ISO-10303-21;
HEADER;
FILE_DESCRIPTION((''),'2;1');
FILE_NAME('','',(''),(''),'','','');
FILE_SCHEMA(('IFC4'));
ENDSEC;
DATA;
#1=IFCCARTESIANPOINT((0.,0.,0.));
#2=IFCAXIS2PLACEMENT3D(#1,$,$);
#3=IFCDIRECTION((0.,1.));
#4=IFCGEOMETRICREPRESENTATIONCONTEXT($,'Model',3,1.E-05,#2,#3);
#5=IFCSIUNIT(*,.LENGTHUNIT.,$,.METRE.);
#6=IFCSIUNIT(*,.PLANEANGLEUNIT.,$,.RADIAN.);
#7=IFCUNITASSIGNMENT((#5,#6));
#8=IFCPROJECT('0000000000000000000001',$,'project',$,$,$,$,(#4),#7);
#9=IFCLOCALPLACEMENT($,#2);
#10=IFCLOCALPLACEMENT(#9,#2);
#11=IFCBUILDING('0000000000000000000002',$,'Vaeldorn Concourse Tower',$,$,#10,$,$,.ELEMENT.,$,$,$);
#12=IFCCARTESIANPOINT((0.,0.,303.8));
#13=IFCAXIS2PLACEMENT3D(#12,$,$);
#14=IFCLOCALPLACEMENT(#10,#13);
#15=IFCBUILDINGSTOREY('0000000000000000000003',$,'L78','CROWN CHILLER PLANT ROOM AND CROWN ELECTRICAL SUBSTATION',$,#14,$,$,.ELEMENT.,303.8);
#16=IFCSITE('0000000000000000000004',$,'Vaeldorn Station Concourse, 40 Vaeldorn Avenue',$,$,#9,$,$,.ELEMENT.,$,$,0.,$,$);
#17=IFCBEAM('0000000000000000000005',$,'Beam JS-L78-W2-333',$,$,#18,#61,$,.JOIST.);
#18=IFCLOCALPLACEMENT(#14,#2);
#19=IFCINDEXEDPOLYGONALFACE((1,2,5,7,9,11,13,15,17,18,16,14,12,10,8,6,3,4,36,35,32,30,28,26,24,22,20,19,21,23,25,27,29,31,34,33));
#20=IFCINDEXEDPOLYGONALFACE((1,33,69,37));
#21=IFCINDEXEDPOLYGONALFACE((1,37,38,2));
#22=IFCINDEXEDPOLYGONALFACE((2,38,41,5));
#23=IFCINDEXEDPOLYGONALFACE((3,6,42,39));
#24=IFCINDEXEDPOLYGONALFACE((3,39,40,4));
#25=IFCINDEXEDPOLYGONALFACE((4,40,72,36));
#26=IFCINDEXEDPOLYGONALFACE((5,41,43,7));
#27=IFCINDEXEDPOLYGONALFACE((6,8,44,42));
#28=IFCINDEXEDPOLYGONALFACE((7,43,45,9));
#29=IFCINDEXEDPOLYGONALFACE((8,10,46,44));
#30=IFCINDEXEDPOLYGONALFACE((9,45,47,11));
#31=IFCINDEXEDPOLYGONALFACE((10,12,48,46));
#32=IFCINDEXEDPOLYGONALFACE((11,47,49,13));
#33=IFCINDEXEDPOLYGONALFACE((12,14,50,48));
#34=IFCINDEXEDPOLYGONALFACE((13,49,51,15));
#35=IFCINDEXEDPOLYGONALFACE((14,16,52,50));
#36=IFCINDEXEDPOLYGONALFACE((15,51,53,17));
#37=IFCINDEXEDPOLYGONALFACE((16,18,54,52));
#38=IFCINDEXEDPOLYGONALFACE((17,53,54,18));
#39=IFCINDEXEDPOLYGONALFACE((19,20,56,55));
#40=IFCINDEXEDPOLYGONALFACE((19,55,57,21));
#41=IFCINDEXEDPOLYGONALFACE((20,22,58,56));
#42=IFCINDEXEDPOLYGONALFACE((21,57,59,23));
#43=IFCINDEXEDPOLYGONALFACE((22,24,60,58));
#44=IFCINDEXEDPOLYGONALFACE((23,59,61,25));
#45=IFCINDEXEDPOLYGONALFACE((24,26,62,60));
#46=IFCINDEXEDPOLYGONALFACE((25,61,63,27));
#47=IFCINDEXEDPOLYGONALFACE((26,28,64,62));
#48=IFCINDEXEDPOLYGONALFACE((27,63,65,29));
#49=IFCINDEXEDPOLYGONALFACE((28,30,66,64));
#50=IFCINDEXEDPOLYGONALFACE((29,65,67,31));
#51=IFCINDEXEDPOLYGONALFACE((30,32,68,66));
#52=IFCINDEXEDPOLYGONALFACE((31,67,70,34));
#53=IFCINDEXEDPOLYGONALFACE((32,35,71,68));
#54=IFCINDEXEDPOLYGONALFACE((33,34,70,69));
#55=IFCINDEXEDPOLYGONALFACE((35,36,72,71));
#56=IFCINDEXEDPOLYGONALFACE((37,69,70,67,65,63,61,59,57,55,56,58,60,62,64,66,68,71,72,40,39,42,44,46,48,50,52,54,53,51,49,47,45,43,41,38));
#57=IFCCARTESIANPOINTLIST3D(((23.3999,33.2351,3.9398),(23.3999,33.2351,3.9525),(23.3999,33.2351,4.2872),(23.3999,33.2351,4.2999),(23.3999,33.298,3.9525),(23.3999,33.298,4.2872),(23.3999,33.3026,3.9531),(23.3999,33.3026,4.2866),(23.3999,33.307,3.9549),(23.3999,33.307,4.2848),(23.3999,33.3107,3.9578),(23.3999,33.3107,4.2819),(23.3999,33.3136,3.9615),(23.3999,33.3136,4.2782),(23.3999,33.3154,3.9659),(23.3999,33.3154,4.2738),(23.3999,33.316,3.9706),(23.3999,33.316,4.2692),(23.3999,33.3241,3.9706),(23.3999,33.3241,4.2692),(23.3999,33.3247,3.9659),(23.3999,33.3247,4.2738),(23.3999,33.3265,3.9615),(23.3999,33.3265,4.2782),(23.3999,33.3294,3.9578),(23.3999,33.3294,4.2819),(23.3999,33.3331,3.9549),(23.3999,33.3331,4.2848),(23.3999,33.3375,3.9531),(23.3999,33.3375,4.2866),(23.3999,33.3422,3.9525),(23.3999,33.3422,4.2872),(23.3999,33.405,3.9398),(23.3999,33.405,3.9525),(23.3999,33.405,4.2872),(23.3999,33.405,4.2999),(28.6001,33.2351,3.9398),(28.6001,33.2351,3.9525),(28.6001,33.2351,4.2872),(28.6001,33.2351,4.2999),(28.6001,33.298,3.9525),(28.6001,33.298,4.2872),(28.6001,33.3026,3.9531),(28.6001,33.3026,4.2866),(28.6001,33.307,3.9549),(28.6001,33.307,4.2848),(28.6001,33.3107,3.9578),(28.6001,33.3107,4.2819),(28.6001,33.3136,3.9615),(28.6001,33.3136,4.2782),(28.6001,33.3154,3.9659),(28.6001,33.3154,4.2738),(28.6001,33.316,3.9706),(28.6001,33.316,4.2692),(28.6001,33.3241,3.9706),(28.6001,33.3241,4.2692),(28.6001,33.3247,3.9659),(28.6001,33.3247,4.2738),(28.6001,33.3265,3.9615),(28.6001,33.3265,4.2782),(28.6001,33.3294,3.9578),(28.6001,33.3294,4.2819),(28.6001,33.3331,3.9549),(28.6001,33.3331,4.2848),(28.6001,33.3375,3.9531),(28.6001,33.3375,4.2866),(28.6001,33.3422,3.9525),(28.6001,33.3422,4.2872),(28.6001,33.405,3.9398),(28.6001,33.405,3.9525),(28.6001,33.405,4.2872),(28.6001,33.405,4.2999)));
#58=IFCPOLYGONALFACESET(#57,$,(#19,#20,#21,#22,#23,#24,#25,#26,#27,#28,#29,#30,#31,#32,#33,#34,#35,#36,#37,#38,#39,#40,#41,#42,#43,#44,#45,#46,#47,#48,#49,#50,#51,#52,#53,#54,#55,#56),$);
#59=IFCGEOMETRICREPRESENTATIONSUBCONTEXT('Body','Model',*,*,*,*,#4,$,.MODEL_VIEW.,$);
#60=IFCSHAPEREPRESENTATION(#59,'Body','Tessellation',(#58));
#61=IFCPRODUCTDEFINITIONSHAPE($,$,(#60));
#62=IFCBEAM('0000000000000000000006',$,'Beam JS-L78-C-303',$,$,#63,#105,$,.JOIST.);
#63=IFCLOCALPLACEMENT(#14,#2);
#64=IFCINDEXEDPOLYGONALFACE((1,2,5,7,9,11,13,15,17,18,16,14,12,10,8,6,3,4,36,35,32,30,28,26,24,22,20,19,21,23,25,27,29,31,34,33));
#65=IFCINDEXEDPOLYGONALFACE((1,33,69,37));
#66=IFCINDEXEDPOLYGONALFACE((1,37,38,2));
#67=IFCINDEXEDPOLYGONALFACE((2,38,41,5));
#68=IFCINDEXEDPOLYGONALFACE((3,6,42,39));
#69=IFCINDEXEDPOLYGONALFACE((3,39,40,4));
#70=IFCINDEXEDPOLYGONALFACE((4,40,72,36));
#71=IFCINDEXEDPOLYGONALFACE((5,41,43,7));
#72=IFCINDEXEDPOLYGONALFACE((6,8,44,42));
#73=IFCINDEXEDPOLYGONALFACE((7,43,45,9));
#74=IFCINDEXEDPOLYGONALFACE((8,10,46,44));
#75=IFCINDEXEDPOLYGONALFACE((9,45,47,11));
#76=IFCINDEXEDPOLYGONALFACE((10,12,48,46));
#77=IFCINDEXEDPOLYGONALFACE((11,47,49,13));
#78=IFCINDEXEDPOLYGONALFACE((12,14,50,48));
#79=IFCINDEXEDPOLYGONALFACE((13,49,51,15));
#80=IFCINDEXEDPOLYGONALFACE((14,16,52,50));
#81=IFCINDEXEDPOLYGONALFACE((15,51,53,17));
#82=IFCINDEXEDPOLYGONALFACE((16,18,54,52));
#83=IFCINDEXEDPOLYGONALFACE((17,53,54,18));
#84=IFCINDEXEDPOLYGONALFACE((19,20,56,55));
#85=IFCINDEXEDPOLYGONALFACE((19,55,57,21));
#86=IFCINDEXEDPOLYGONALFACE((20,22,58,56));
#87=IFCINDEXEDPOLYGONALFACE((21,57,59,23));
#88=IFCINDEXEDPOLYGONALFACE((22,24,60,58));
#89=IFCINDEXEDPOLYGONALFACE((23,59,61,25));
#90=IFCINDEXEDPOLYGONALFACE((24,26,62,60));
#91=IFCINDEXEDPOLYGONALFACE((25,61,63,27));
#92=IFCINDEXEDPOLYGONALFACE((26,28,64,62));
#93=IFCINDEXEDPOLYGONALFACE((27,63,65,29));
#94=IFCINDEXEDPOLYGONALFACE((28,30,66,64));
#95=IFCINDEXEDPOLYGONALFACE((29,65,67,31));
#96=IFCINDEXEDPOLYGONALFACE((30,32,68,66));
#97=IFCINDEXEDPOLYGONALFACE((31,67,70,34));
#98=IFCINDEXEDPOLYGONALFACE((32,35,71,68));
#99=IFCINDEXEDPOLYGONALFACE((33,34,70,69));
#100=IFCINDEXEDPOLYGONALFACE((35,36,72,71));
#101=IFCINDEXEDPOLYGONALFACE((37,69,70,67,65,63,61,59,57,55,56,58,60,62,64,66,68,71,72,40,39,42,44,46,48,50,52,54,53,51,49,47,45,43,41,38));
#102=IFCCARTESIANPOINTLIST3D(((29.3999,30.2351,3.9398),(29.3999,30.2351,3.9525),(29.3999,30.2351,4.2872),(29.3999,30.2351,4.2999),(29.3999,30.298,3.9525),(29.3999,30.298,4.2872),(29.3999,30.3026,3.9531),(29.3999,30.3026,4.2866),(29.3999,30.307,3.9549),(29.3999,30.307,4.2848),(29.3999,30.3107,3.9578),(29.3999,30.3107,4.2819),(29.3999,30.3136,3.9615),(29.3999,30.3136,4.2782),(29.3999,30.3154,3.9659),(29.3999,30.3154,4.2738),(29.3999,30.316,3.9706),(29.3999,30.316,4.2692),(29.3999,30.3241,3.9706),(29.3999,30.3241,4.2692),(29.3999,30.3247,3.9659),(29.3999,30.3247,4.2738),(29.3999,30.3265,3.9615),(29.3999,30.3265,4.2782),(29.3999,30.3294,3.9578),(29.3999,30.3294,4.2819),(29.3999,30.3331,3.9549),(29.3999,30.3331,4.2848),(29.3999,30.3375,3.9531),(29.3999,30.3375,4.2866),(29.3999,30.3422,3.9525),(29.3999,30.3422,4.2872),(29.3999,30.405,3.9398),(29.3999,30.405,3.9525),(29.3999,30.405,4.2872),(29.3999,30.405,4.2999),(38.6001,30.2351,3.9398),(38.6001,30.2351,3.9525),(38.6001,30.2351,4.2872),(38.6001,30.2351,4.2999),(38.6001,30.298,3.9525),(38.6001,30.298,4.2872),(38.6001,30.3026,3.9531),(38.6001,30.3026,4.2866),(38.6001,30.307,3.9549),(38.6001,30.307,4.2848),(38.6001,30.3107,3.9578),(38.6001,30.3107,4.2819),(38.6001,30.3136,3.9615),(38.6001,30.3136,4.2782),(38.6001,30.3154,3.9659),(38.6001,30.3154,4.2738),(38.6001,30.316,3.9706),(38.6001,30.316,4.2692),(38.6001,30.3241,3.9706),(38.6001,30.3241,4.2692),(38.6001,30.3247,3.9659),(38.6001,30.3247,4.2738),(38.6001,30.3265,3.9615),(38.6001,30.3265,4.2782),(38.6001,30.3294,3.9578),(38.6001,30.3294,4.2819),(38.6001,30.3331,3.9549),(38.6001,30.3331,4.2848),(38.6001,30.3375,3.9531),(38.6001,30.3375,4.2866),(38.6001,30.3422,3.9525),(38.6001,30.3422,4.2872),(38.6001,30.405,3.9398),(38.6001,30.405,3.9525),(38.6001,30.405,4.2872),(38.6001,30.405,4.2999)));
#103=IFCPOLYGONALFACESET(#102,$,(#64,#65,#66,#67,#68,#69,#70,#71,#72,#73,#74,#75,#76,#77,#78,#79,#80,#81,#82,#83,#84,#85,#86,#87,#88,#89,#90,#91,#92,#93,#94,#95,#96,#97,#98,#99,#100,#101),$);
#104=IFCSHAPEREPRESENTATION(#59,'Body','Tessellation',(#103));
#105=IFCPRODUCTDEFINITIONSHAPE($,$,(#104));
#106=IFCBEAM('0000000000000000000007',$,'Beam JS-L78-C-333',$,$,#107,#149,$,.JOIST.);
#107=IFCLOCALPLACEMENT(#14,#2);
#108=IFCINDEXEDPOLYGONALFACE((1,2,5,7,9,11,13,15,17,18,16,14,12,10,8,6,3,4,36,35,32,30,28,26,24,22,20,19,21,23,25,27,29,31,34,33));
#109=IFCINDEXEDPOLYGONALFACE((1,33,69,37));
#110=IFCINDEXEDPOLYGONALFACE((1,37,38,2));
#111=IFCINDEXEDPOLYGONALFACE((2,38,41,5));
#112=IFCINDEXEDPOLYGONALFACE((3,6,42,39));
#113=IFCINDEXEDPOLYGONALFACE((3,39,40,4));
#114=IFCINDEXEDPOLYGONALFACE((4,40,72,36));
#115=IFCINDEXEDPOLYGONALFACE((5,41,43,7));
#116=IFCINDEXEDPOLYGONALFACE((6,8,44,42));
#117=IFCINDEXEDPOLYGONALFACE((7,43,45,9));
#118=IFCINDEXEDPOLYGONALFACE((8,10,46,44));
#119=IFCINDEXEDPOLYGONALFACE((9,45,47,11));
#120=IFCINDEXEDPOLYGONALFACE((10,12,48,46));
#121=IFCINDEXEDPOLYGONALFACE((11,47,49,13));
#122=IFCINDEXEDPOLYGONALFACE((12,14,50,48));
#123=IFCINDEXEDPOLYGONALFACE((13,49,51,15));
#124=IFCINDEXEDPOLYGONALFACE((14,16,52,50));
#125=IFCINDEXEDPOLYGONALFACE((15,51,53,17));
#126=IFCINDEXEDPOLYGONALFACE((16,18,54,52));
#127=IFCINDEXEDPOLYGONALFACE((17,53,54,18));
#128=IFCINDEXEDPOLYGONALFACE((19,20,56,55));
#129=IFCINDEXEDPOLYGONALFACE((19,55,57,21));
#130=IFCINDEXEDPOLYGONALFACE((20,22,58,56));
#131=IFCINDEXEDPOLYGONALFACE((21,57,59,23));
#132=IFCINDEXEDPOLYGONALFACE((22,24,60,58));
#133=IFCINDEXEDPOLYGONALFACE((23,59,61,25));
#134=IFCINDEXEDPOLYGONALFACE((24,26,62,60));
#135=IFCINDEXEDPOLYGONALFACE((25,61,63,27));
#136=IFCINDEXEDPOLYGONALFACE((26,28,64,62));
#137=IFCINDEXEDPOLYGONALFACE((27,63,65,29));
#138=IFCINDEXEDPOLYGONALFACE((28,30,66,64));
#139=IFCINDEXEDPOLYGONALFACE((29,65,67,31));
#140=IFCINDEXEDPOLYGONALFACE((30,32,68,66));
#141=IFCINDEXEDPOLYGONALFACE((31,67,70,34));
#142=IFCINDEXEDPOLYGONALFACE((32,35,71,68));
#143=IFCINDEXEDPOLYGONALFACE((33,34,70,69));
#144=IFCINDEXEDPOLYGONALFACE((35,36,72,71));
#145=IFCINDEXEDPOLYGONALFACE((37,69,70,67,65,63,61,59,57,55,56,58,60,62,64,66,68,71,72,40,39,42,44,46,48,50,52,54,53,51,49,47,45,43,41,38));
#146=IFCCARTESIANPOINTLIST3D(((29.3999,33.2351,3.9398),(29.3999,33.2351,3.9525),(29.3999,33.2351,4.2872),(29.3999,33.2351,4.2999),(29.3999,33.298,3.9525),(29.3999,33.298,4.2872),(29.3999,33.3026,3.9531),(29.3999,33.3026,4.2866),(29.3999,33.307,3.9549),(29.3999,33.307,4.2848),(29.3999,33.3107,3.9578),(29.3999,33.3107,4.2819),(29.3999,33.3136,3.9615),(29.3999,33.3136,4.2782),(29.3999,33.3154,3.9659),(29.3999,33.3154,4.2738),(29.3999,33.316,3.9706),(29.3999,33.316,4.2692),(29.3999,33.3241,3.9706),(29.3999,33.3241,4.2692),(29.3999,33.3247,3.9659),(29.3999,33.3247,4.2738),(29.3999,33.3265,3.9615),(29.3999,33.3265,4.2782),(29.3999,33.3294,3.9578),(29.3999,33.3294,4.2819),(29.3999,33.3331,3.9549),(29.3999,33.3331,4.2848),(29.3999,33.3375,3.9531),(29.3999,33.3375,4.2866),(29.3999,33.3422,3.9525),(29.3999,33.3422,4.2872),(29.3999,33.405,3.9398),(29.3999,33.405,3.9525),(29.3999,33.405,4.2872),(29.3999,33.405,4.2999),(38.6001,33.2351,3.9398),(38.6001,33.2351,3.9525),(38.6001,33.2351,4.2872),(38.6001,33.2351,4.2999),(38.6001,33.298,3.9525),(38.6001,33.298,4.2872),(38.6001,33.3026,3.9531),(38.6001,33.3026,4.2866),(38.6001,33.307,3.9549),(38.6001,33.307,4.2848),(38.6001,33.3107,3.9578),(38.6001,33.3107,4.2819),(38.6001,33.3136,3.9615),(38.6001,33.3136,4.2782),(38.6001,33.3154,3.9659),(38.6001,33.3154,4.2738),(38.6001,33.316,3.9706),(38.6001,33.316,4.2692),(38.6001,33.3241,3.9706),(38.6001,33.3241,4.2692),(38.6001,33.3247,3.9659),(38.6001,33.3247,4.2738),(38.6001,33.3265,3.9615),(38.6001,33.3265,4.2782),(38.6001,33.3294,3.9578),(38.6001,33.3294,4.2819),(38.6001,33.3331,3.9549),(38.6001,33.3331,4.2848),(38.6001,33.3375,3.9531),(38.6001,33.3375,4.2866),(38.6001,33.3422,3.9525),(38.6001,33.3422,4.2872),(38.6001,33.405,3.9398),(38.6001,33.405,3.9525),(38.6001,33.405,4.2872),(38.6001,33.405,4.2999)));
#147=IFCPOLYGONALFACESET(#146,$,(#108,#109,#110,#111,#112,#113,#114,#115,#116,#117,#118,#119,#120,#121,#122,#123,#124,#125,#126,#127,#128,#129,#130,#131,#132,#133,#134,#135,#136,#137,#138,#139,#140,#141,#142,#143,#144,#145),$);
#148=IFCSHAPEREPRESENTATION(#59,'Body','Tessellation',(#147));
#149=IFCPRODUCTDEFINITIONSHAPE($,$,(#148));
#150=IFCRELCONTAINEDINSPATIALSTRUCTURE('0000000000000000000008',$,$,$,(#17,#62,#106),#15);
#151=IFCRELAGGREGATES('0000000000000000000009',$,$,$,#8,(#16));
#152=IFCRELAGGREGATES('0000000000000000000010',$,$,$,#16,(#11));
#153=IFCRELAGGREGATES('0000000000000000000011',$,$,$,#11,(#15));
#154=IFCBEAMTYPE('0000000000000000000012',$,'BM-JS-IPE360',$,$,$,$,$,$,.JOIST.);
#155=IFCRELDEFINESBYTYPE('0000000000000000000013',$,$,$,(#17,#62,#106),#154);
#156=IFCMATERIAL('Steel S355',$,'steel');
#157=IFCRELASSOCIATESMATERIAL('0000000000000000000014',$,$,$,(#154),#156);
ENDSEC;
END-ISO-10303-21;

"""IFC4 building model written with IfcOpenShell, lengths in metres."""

from ifc_helpers import new_model, si_unit, direction, frame, origin, origin_2d, place, context, subcontext, project, spatial, i_section, extrude, source, transform, mapped, material, material_profile, profile_set, type_object, element, save


model = new_model("IFC4")

# Units and contexts
model_context = context("Model", 3, precision=1e-05, world=origin(), true_north=direction((0.0, 1.0)))
body_context = subcontext(model_context, "Body", "Model", "MODEL_VIEW")
ifc_project = project(units=[si_unit("LENGTHUNIT", "METRE"), si_unit("PLANEANGLEUNIT", "RADIAN")], contexts=[model_context])

# Site, building, storey
site_placement = place(None, origin())
site = spatial("IfcSite", under=ifc_project, at=site_placement, Name="Vaeldorn Station Concourse, 40 Vaeldorn Avenue", CompositionType="ELEMENT", RefElevation=0.0)
building_placement = place(site_placement, origin())
building = spatial("IfcBuilding", under=site, at=building_placement, Name="Vaeldorn Concourse Tower", CompositionType="ELEMENT")
storey_placement = place(building_placement, frame((0.0, 0.0, 303.8)))
storey = spatial("IfcBuildingStorey", under=building, at=storey_placement, Name="L78", Description="CROWN CHILLER PLANT ROOM AND CROWN ELECTRICAL SUBSTATION", CompositionType="ELEMENT", Elevation=303.8)

# Shared definitions
ifc_material_1 = material(Name="Steel S355", Category="steel")

# Beams
ifc_material_profile_1 = material_profile(ifc_material_1, i_section(OverallWidth=0.1699, OverallDepth=0.3601, WebThickness=0.0081, FlangeThickness=0.0127, FilletRadius=0.0181, at=origin_2d()), Name="IPE 360")
ifc_profile_set_1 = profile_set([ifc_material_profile_1], Name="Steel S355")
beam_type_1 = type_object("IfcBeamType", Name="BM-JS-IPE360", PredefinedType="JOIST", material=ifc_profile_set_1)
shared_shape_1 = source(origin(), body_context, "Body", "SweptSolid", [
    extrude(i_section(OverallWidth=0.1699, OverallDepth=0.3601, WebThickness=0.0081, FlangeThickness=0.0127, FilletRadius=0.0181, at=origin_2d()), origin(), (0.0, 0.0, 1.0), 5.2002),
])
for number, where, z_axis, x_axis, name in (
    (1, (23.3999, 33.3201, 4.1199), (1.0, 0.0, 0.0), (0.0, 1.0, 0.0), "Beam JS-L78-W2-333"),
):
    element("IfcBeam", number, at=place(storey_placement, frame(where, z_axis=z_axis, x_axis=x_axis)), inside=storey, type_object=beam_type_1, Name=name, PredefinedType="JOIST", context=body_context, shape_type="MappedRepresentation", body=[
        mapped(shared_shape_1, transform((0.0, 0.0, 0.0), scale=1.0)),
    ])
shared_shape_2 = source(origin(), body_context, "Body", "SweptSolid", [
    extrude(i_section(OverallWidth=0.1699, OverallDepth=0.3601, WebThickness=0.0081, FlangeThickness=0.0127, FilletRadius=0.0181, at=origin_2d()), origin(), (0.0, 0.0, 1.0), 9.2002),
])
for number, where, z_axis, x_axis, name in (
    (2, (29.3999, 30.3201, 4.1199), (1.0, 0.0, 0.0), (0.0, 1.0, 0.0), "Beam JS-L78-C-303"),
    (3, (29.3999, 33.3201, 4.1199), (1.0, 0.0, 0.0), (0.0, 1.0, 0.0), "Beam JS-L78-C-333"),
):
    element("IfcBeam", number, at=place(storey_placement, frame(where, z_axis=z_axis, x_axis=x_axis)), inside=storey, type_object=beam_type_1, Name=name, PredefinedType="JOIST", context=body_context, shape_type="MappedRepresentation", body=[
        mapped(shared_shape_2, transform((0.0, 0.0, 0.0), scale=1.0)),
    ])

save(model, "model.ifc")
